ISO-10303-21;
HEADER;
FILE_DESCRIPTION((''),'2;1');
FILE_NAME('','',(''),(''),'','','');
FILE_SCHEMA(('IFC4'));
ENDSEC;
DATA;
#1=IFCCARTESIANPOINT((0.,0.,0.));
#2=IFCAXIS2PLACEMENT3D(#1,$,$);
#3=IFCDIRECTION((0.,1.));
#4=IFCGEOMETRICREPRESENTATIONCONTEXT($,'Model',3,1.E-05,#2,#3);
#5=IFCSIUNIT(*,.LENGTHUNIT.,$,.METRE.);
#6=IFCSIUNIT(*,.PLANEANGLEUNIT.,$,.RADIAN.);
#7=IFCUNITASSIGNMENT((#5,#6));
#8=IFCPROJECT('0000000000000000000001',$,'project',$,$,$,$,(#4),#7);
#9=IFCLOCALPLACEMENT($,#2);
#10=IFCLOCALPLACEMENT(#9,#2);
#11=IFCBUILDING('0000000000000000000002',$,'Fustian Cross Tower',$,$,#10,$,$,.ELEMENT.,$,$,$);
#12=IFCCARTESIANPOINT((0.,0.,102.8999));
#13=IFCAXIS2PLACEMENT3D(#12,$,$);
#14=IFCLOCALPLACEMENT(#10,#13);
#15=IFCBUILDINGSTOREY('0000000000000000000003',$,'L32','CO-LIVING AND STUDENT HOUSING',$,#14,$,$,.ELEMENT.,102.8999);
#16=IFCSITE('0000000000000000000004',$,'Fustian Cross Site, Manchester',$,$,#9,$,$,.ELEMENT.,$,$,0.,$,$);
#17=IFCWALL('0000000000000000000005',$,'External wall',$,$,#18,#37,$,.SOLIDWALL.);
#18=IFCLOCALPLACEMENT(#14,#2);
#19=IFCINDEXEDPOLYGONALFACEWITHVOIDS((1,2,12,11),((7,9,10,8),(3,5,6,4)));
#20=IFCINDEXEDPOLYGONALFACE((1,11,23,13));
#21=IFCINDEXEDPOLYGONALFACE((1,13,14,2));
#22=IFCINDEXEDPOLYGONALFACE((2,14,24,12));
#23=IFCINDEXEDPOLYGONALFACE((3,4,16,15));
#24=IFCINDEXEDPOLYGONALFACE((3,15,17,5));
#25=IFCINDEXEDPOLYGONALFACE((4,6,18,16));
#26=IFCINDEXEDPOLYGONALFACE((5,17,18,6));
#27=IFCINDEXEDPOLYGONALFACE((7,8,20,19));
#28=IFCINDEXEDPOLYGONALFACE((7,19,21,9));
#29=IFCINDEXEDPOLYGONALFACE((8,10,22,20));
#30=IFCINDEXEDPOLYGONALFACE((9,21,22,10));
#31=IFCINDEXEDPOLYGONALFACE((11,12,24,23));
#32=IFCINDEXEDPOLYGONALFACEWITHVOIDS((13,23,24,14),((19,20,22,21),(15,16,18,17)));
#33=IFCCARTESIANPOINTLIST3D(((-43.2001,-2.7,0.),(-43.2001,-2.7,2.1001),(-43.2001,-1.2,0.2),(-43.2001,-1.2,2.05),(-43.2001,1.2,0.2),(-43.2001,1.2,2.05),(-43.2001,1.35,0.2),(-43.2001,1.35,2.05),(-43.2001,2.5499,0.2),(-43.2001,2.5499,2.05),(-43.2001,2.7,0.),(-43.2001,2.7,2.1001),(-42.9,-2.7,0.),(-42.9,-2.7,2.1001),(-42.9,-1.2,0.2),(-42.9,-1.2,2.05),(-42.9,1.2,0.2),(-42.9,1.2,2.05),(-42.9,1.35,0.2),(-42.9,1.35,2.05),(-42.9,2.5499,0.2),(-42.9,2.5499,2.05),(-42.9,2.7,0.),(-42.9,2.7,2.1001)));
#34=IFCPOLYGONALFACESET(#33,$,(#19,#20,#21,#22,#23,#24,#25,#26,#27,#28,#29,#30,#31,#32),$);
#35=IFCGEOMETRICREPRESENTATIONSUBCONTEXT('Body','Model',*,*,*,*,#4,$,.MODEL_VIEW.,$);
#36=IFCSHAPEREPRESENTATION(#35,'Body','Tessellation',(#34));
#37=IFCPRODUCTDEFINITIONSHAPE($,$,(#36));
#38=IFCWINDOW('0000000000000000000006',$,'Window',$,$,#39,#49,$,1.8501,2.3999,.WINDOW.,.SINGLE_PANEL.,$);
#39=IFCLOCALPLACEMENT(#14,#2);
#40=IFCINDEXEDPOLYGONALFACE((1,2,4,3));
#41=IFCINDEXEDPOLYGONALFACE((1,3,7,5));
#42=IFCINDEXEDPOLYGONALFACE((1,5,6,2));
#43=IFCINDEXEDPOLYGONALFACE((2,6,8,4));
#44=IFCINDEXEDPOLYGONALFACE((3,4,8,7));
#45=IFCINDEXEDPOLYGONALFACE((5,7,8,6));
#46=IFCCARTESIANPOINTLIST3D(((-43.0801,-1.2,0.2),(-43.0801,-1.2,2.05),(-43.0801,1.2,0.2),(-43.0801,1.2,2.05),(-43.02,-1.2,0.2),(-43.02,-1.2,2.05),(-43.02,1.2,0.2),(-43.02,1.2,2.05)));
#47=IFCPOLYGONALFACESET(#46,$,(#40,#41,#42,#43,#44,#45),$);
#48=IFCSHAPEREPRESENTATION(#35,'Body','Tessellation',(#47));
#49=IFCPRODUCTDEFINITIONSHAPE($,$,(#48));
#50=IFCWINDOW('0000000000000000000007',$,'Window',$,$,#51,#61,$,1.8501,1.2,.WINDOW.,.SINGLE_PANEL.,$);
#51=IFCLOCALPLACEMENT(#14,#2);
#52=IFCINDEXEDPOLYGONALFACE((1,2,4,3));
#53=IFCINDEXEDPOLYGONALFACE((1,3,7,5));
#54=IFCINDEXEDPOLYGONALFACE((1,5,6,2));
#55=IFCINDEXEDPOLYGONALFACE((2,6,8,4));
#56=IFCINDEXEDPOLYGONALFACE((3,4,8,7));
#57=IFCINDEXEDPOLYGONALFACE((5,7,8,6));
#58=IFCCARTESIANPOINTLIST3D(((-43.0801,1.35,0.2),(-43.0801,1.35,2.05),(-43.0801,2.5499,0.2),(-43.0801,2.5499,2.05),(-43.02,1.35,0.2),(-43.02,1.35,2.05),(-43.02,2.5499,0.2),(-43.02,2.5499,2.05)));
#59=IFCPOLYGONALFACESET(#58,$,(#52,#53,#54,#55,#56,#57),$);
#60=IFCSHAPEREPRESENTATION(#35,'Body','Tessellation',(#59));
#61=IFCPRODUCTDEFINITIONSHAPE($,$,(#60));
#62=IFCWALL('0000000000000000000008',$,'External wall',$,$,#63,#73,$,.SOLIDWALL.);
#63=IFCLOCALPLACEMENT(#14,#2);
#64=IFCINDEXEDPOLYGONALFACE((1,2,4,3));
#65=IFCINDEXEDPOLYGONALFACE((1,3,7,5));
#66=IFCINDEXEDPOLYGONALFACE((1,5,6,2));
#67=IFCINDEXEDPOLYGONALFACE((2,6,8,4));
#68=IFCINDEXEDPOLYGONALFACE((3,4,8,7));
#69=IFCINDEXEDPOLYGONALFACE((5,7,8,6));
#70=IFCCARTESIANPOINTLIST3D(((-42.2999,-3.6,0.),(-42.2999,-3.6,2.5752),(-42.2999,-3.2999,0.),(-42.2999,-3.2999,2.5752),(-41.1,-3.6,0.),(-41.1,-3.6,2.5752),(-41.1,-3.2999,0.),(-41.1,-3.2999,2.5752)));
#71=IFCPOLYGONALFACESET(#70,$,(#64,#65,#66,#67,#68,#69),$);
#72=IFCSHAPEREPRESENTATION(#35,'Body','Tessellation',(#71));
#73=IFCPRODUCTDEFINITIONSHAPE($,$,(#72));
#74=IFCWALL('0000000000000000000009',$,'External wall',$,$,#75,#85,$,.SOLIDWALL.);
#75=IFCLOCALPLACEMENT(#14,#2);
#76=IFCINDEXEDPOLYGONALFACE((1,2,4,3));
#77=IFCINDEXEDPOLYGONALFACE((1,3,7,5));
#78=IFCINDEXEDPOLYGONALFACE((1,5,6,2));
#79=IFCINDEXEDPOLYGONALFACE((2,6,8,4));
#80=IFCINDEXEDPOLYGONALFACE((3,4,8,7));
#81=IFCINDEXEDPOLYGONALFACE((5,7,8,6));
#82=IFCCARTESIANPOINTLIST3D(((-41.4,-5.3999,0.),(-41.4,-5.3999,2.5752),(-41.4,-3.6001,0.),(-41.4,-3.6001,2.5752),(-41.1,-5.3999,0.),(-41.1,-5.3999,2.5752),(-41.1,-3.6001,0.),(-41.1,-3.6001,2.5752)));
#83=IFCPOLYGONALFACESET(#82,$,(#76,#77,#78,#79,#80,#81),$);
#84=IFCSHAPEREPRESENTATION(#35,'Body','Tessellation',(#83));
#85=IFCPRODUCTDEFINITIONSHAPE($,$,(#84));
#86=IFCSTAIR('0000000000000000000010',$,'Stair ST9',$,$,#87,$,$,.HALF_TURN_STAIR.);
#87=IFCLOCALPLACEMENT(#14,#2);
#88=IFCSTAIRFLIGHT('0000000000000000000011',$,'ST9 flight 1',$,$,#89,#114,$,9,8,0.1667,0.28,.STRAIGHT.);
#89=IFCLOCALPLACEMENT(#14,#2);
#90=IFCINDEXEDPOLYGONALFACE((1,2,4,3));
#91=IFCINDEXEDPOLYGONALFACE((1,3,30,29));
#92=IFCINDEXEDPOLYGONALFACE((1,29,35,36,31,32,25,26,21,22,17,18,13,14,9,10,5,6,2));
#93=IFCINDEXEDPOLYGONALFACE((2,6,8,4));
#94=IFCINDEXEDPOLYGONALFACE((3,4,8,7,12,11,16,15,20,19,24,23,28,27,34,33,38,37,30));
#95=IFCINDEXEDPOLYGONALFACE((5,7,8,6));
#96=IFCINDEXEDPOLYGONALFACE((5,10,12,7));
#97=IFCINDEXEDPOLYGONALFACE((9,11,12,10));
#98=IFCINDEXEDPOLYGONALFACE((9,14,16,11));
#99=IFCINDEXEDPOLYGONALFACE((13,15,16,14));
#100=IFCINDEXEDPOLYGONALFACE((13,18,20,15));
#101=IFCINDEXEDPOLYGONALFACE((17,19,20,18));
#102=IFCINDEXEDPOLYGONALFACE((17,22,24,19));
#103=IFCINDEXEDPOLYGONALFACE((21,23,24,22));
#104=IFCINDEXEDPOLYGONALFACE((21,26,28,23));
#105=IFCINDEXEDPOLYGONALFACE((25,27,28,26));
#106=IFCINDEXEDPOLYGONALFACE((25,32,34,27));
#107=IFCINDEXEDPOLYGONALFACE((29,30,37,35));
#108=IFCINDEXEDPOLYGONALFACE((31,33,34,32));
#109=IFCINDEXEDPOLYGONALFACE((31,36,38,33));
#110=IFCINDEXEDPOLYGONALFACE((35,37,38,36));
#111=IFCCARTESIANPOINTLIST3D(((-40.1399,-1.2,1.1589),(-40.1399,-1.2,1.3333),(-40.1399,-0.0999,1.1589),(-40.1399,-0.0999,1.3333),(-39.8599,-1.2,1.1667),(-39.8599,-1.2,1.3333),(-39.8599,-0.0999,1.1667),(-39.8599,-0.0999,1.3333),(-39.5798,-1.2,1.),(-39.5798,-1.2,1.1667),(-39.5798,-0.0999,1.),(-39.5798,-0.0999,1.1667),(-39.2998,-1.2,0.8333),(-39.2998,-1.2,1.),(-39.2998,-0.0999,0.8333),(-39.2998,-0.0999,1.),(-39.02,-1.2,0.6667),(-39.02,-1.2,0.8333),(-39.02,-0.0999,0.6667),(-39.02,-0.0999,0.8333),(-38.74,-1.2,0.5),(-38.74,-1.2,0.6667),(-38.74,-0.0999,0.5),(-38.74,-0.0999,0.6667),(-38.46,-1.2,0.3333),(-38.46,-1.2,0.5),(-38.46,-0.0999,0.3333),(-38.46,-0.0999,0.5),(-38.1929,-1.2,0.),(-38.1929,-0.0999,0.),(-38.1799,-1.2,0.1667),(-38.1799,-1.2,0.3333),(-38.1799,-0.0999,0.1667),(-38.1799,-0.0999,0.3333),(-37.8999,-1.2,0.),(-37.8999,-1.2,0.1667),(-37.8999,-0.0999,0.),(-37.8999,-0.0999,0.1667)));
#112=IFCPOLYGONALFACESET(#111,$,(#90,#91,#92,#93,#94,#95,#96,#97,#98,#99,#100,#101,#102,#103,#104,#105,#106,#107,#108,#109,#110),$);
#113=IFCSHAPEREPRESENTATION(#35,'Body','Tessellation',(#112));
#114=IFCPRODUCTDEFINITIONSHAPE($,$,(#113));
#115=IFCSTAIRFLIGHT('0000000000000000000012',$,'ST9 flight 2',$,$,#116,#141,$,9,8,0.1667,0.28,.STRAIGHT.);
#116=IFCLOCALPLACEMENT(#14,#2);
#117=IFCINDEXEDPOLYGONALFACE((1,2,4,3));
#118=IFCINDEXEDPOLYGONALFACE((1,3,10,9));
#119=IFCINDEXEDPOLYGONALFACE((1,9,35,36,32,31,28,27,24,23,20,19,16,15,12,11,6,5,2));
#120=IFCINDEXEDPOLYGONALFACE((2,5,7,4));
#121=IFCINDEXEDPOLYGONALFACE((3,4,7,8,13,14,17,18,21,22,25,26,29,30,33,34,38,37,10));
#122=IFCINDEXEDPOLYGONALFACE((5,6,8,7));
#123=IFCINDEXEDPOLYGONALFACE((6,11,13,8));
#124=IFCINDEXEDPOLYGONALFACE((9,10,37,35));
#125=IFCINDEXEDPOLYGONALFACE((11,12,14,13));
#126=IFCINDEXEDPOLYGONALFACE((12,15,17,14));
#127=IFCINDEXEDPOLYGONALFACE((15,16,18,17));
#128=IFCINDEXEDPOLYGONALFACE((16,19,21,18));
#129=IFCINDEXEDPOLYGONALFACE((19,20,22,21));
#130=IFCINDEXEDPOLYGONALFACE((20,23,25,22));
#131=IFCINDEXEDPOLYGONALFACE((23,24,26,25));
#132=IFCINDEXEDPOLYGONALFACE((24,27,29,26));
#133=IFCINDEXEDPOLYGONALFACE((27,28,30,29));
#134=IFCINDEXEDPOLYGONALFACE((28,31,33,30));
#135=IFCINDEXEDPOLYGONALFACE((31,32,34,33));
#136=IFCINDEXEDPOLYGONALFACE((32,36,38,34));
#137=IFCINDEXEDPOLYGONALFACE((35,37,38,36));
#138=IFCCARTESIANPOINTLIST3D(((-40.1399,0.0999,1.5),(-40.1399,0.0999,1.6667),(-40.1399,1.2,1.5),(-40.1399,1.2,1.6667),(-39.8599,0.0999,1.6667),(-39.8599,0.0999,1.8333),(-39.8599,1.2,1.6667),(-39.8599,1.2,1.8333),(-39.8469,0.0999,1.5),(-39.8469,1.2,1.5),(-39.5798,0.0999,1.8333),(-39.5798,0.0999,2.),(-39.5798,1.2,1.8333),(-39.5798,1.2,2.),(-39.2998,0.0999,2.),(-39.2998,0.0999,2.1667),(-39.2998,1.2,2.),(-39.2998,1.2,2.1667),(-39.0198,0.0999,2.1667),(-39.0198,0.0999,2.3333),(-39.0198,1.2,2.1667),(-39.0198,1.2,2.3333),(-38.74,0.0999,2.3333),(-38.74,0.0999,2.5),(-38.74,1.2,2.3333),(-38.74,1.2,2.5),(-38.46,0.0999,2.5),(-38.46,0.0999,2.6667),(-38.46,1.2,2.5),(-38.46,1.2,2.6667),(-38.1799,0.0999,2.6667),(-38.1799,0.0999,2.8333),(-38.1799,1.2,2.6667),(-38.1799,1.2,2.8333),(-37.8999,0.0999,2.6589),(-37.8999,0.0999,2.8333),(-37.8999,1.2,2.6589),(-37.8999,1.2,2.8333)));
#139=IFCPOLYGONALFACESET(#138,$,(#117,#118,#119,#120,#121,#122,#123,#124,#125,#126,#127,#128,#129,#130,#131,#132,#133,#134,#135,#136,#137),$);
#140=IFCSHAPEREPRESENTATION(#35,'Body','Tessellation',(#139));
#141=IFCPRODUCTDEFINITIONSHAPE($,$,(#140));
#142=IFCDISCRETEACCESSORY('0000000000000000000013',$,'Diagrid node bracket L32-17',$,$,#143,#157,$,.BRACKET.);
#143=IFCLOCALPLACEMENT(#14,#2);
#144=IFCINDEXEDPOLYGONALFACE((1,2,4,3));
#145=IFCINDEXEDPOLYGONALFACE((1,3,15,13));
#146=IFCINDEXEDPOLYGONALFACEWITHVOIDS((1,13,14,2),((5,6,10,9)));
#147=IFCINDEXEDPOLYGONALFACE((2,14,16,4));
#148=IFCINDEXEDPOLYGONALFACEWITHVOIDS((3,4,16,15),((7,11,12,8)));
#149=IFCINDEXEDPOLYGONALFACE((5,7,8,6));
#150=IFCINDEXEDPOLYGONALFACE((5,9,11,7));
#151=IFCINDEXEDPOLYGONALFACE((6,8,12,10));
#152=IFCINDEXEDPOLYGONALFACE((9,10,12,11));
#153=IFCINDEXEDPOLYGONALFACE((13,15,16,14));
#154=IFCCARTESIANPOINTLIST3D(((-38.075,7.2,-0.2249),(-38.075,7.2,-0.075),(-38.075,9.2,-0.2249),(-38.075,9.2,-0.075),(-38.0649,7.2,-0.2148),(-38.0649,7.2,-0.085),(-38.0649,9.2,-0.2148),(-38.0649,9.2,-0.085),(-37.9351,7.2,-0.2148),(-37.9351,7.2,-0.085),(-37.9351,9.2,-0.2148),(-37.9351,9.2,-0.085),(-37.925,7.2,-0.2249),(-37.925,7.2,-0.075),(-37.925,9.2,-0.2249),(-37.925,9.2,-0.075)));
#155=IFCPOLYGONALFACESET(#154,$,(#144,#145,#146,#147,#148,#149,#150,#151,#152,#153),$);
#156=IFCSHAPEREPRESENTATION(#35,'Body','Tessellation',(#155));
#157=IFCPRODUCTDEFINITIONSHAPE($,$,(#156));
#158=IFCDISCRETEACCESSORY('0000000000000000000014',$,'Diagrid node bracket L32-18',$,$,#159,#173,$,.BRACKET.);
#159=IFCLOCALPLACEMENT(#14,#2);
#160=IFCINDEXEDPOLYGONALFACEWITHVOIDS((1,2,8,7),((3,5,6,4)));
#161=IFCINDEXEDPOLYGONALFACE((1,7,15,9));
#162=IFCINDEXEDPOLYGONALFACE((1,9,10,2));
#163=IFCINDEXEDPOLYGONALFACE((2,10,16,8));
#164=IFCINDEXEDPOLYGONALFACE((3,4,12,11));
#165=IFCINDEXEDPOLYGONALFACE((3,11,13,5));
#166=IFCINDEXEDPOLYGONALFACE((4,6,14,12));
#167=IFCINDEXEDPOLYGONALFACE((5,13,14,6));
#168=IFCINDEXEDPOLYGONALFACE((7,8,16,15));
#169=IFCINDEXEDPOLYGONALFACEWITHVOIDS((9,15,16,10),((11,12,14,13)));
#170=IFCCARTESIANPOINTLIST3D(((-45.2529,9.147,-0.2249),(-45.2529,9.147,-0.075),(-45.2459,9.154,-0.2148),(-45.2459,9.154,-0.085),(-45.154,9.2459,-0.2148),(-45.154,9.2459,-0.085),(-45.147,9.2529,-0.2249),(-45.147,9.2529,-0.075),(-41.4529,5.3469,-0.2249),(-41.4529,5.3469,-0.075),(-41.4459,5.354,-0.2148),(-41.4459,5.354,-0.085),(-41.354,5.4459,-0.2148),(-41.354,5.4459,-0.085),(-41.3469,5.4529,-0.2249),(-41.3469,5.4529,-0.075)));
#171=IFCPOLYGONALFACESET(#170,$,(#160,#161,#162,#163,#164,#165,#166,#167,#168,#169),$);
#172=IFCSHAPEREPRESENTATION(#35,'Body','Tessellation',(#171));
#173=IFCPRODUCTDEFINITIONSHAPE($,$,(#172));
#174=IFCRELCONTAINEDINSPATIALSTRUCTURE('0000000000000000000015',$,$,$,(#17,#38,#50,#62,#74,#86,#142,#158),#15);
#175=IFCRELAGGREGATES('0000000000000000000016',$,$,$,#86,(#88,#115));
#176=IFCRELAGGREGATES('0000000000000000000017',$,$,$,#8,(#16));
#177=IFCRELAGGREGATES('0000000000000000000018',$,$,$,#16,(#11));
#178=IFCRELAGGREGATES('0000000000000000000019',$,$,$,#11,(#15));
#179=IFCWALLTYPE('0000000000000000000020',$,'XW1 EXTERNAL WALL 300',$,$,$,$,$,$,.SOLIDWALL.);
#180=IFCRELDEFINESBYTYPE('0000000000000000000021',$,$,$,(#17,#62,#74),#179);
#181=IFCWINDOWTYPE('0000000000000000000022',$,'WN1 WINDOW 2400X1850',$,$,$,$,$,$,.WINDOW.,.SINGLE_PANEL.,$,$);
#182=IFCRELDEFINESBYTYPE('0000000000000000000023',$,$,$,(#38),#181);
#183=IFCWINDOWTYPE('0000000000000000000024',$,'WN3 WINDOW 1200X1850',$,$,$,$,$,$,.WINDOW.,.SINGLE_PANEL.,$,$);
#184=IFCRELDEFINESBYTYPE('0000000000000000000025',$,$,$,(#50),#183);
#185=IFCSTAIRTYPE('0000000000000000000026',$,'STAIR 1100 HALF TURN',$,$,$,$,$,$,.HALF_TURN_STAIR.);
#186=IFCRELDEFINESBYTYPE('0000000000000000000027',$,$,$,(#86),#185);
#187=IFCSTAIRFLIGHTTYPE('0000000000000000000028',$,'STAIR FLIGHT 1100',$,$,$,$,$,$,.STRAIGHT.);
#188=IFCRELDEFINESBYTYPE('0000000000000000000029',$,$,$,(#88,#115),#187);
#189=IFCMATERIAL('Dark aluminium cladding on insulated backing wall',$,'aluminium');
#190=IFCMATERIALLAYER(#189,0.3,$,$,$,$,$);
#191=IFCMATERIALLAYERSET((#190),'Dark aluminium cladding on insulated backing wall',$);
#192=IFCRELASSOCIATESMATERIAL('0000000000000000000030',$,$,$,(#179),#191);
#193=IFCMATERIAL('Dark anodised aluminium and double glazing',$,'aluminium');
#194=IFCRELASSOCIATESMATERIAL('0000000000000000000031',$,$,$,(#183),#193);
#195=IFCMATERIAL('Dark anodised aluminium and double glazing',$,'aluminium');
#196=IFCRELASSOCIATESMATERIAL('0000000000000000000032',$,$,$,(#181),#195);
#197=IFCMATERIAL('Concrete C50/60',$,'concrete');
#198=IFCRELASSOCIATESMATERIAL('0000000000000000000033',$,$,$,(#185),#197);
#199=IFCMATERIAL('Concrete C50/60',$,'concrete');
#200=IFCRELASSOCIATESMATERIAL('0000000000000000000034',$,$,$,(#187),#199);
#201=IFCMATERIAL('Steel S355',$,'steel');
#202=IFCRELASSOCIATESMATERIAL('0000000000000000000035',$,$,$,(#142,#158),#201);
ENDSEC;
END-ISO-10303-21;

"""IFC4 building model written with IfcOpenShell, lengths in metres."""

from ifc_helpers import new_model, si_unit, direction, frame, frame_2d, origin, origin_2d, place, context, subcontext, project, spatial, polyline, rectangle, hollow_rectangle, outline, extrude, material, layer, layer_set, type_object, element, fill, aggregate, save


model = new_model("IFC4")

# Units and contexts
model_context = context("Model", 3, precision=1e-05, world=origin(), true_north=direction((0.0, 1.0)))
body_context = subcontext(model_context, "Body", "Model", "MODEL_VIEW")
ifc_project = project(units=[si_unit("LENGTHUNIT", "METRE"), si_unit("PLANEANGLEUNIT", "RADIAN")], contexts=[model_context])

# Site, building, storey
site_placement = place(None, origin())
site = spatial("IfcSite", under=ifc_project, at=site_placement, Name="Fustian Cross Site, Manchester", CompositionType="ELEMENT", RefElevation=0.0)
building_placement = place(site_placement, origin())
building = spatial("IfcBuilding", under=site, at=building_placement, Name="Fustian Cross Tower", CompositionType="ELEMENT")
storey_placement = place(building_placement, frame((0.0, 0.0, 102.8999)))
storey = spatial("IfcBuildingStorey", under=building, at=storey_placement, Name="L32", Description="CO-LIVING AND STUDENT HOUSING", CompositionType="ELEMENT", Elevation=102.8999)

# Shared definitions
ifc_material_1 = material(Name="Dark aluminium cladding on insulated backing wall", Category="aluminium")
ifc_layer_1 = layer(ifc_material_1, 0.3)
ifc_layer_set_1 = layer_set([ifc_layer_1], Name="Dark aluminium cladding on insulated backing wall")
wall_type_1 = type_object("IfcWallType", Name="XW1 EXTERNAL WALL 300", PredefinedType="SOLIDWALL", material=ifc_layer_set_1)

# Shared definitions
ifc_material_2 = material(Name="Dark anodised aluminium and double glazing", Category="aluminium")
window_type_1 = type_object("IfcWindowType", Name="WN3 WINDOW 1200X1850", PartitioningType="SINGLE_PANEL", PredefinedType="WINDOW", material=ifc_material_2)

# Wall, openings, windows
wall_1_placement = place(storey_placement, frame((-43.05, 2.7, 0.0), z_axis=(0.0, 0.0, 1.0), x_axis=(0.0, -1.0, 0.0)))
wall_1 = element("IfcWall", 1, at=wall_1_placement, inside=storey, type_object=wall_type_1, Name="External wall", PredefinedType="SOLIDWALL", context=body_context, shape_type="SweptSolid", body=[
    extrude(rectangle(XDim=5.3999, YDim=0.3, at=frame_2d((2.7, 0.0))), origin(), (0.0, 0.0, 1.0), 2.1001),
])
opening_1_placement = place(wall_1_placement, frame((1.5, 0.0, 0.2)))
opening_1 = element("IfcOpeningElement", 2, at=opening_1_placement, cuts=wall_1, PredefinedType="OPENING", context=body_context, shape_type="SweptSolid", body=[
    extrude(rectangle(XDim=2.3999, YDim=1.8501, at=frame_2d((1.2, 0.925))), frame((0.0, 0.1599, 0.0), z_axis=(0.0, -1.0, 0.0), x_axis=(1.0, 0.0, 0.0)), (0.0, 0.0, 1.0), 0.3201),
])
opening_2_placement = place(wall_1_placement, frame((0.1499, 0.0, 0.2)))
opening_2 = element("IfcOpeningElement", 3, at=opening_2_placement, cuts=wall_1, PredefinedType="OPENING", context=body_context, shape_type="SweptSolid", body=[
    extrude(rectangle(XDim=1.2, YDim=1.8501, at=frame_2d((0.6001, 0.925))), frame((0.0, 0.1599, 0.0), z_axis=(0.0, -1.0, 0.0), x_axis=(1.0, 0.0, 0.0)), (0.0, 0.0, 1.0), 0.3201),
])
ifc_material_3 = material(Name="Dark anodised aluminium and double glazing", Category="aluminium")
window_type_2 = type_object("IfcWindowType", Name="WN1 WINDOW 2400X1850", PartitioningType="SINGLE_PANEL", PredefinedType="WINDOW", material=ifc_material_3)
window_1_placement = place(opening_1_placement, origin())
window_1 = element("IfcWindow", 4, at=window_1_placement, inside=storey, type_object=window_type_2, Name="Window", OverallHeight=1.8501, OverallWidth=2.3999, PartitioningType="SINGLE_PANEL", PredefinedType="WINDOW", context=body_context, shape_type="SweptSolid", body=[
    extrude(rectangle(XDim=2.3999, YDim=1.8501, at=frame_2d((1.2, 0.925))), frame((0.0, 0.03, 0.0), z_axis=(0.0, -1.0, 0.0), x_axis=(1.0, 0.0, 0.0)), (0.0, 0.0, 1.0), 0.0601),
])
fill(opening_1, window_1)
window_2_placement = place(opening_2_placement, origin())
window_2 = element("IfcWindow", 5, at=window_2_placement, inside=storey, type_object=window_type_1, Name="Window", OverallHeight=1.8501, OverallWidth=1.2, PartitioningType="SINGLE_PANEL", PredefinedType="WINDOW", context=body_context, shape_type="SweptSolid", body=[
    extrude(rectangle(XDim=1.2, YDim=1.8501, at=frame_2d((0.6001, 0.925))), frame((0.0, 0.03, 0.0), z_axis=(0.0, -1.0, 0.0), x_axis=(1.0, 0.0, 0.0)), (0.0, 0.0, 1.0), 0.0601),
])
fill(opening_2, window_2)

# Walls
wall_2_placement = place(storey_placement, frame((-42.3, -3.45, 0.0), z_axis=(0.0, 0.0, 1.0), x_axis=(1.0, 0.0, 0.0)))
element("IfcWall", 6, at=wall_2_placement, inside=storey, type_object=wall_type_1, Name="External wall", PredefinedType="SOLIDWALL", context=body_context, shape_type="SweptSolid", body=[
    extrude(rectangle(XDim=1.2, YDim=0.3, at=frame_2d((0.6001, 0.0))), origin(), (0.0, 0.0, 1.0), 2.5752),
])
wall_3_placement = place(storey_placement, frame((-41.25, -3.6001, 0.0), z_axis=(0.0, 0.0, 1.0), x_axis=(0.0, -1.0, 0.0)))
element("IfcWall", 7, at=wall_3_placement, inside=storey, type_object=wall_type_1, Name="External wall", PredefinedType="SOLIDWALL", context=body_context, shape_type="SweptSolid", body=[
    extrude(rectangle(XDim=1.7998, YDim=0.3, at=frame_2d((0.8999, 0.0))), origin(), (0.0, 0.0, 1.0), 2.5752),
])

# Stair, stair flights
ifc_material_4 = material(Name="Concrete C50/60", Category="concrete")
stair_type = type_object("IfcStairType", Name="STAIR 1100 HALF TURN", PredefinedType="HALF_TURN_STAIR", material=ifc_material_4)
stair_placement = place(storey_placement, origin())
stair = element("IfcStair", 8, at=stair_placement, inside=storey, type_object=stair_type, Name="Stair ST9", PredefinedType="HALF_TURN_STAIR")
ifc_material_5 = material(Name="Concrete C50/60", Category="concrete")
stair_flight_type = type_object("IfcStairFlightType", Name="STAIR FLIGHT 1100", PredefinedType="STRAIGHT", material=ifc_material_5)
stair_flight_1_placement = place(storey_placement, frame((-37.8999, -0.6499, 0.0), z_axis=(0.0, 0.0, 1.0), x_axis=(-1.0, 0.0, 0.0)))
stair_flight_1 = element("IfcStairFlight", 9, at=stair_flight_1_placement, type_object=stair_flight_type, Name="ST9 flight 1", NumberOfRisers=9, NumberOfTreads=8, PredefinedType="STRAIGHT", RiserHeight=0.1667, TreadLength=0.28, context=body_context, shape_type="SweptSolid", body=[
    extrude(outline(polyline([(0.0, 0.0), (0.0, 0.1667), (0.28, 0.1667), (0.28, 0.3333), (0.5601, 0.3333), (0.5601, 0.5), (0.8401, 0.5), (0.8401, 0.6667), (1.1201, 0.6667), (1.1201, 0.8333), (1.3999, 0.8333), (1.3999, 1.0), (1.6799, 1.0), (1.6799, 1.1667), (1.96, 1.1667), (1.96, 1.3333), (2.24, 1.3333), (2.24, 1.5), (2.24, 1.1589), (0.293, 0.0), (0.0, 0.0)])), frame((0.0, 0.55, 0.0), z_axis=(0.0, -1.0, 0.0), x_axis=(1.0, 0.0, 0.0)), (0.0, 0.0, 1.0), 1.1001),
])
stair_flight_2_placement = place(storey_placement, frame((-40.1399, 0.6499, 1.5), z_axis=(0.0, 0.0, 1.0), x_axis=(1.0, 0.0, 0.0)))
stair_flight_2 = element("IfcStairFlight", 10, at=stair_flight_2_placement, type_object=stair_flight_type, Name="ST9 flight 2", NumberOfRisers=9, NumberOfTreads=8, PredefinedType="STRAIGHT", RiserHeight=0.1667, TreadLength=0.28, context=body_context, shape_type="SweptSolid", body=[
    extrude(outline(polyline([(0.0, 0.0), (0.0, 0.1667), (0.28, 0.1667), (0.28, 0.3333), (0.5601, 0.3333), (0.5601, 0.5), (0.8401, 0.5), (0.8401, 0.6667), (1.1201, 0.6667), (1.1201, 0.8333), (1.3999, 0.8333), (1.3999, 1.0), (1.6799, 1.0), (1.6799, 1.1667), (1.96, 1.1667), (1.96, 1.3333), (2.24, 1.3333), (2.24, 1.5), (2.24, 1.1589), (0.293, 0.0), (0.0, 0.0)])), frame((0.0, 0.55, 0.0), z_axis=(0.0, -1.0, 0.0), x_axis=(1.0, 0.0, 0.0)), (0.0, 0.0, 1.0), 1.1001),
])
aggregate(stair, [stair_flight_1, stair_flight_2])

# Discrete accessories
ifc_material_6 = material(Name="Steel S355", Category="steel")
discrete_accessory_1_placement = place(storey_placement, frame((-38.0, 9.2, -0.1499), z_axis=(0.0, -1.0, 0.0), x_axis=(1.0, 0.0, 0.0)))
element("IfcDiscreteAccessory", 11, at=discrete_accessory_1_placement, inside=storey, material=ifc_material_6, Name="Diagrid node bracket L32-17", PredefinedType="BRACKET", context=body_context, shape_type="SweptSolid", body=[
    extrude(hollow_rectangle(XDim=0.1499, YDim=0.1499, WallThickness=0.01, at=origin_2d()), origin(), (0.0, 0.0, 1.0), 2.0),
])
discrete_accessory_2_placement = place(storey_placement, frame((-45.2, 9.2, -0.1499), z_axis=(0.707107, -0.707107, 0.0), x_axis=(0.707107, 0.707107, 0.0)))
element("IfcDiscreteAccessory", 12, at=discrete_accessory_2_placement, inside=storey, material=ifc_material_6, Name="Diagrid node bracket L32-18", PredefinedType="BRACKET", context=body_context, shape_type="SweptSolid", body=[
    extrude(hollow_rectangle(XDim=0.1499, YDim=0.1499, WallThickness=0.01, at=origin_2d()), origin(), (0.0, 0.0, 1.0), 5.374),
])

save(model, "model.ifc")
